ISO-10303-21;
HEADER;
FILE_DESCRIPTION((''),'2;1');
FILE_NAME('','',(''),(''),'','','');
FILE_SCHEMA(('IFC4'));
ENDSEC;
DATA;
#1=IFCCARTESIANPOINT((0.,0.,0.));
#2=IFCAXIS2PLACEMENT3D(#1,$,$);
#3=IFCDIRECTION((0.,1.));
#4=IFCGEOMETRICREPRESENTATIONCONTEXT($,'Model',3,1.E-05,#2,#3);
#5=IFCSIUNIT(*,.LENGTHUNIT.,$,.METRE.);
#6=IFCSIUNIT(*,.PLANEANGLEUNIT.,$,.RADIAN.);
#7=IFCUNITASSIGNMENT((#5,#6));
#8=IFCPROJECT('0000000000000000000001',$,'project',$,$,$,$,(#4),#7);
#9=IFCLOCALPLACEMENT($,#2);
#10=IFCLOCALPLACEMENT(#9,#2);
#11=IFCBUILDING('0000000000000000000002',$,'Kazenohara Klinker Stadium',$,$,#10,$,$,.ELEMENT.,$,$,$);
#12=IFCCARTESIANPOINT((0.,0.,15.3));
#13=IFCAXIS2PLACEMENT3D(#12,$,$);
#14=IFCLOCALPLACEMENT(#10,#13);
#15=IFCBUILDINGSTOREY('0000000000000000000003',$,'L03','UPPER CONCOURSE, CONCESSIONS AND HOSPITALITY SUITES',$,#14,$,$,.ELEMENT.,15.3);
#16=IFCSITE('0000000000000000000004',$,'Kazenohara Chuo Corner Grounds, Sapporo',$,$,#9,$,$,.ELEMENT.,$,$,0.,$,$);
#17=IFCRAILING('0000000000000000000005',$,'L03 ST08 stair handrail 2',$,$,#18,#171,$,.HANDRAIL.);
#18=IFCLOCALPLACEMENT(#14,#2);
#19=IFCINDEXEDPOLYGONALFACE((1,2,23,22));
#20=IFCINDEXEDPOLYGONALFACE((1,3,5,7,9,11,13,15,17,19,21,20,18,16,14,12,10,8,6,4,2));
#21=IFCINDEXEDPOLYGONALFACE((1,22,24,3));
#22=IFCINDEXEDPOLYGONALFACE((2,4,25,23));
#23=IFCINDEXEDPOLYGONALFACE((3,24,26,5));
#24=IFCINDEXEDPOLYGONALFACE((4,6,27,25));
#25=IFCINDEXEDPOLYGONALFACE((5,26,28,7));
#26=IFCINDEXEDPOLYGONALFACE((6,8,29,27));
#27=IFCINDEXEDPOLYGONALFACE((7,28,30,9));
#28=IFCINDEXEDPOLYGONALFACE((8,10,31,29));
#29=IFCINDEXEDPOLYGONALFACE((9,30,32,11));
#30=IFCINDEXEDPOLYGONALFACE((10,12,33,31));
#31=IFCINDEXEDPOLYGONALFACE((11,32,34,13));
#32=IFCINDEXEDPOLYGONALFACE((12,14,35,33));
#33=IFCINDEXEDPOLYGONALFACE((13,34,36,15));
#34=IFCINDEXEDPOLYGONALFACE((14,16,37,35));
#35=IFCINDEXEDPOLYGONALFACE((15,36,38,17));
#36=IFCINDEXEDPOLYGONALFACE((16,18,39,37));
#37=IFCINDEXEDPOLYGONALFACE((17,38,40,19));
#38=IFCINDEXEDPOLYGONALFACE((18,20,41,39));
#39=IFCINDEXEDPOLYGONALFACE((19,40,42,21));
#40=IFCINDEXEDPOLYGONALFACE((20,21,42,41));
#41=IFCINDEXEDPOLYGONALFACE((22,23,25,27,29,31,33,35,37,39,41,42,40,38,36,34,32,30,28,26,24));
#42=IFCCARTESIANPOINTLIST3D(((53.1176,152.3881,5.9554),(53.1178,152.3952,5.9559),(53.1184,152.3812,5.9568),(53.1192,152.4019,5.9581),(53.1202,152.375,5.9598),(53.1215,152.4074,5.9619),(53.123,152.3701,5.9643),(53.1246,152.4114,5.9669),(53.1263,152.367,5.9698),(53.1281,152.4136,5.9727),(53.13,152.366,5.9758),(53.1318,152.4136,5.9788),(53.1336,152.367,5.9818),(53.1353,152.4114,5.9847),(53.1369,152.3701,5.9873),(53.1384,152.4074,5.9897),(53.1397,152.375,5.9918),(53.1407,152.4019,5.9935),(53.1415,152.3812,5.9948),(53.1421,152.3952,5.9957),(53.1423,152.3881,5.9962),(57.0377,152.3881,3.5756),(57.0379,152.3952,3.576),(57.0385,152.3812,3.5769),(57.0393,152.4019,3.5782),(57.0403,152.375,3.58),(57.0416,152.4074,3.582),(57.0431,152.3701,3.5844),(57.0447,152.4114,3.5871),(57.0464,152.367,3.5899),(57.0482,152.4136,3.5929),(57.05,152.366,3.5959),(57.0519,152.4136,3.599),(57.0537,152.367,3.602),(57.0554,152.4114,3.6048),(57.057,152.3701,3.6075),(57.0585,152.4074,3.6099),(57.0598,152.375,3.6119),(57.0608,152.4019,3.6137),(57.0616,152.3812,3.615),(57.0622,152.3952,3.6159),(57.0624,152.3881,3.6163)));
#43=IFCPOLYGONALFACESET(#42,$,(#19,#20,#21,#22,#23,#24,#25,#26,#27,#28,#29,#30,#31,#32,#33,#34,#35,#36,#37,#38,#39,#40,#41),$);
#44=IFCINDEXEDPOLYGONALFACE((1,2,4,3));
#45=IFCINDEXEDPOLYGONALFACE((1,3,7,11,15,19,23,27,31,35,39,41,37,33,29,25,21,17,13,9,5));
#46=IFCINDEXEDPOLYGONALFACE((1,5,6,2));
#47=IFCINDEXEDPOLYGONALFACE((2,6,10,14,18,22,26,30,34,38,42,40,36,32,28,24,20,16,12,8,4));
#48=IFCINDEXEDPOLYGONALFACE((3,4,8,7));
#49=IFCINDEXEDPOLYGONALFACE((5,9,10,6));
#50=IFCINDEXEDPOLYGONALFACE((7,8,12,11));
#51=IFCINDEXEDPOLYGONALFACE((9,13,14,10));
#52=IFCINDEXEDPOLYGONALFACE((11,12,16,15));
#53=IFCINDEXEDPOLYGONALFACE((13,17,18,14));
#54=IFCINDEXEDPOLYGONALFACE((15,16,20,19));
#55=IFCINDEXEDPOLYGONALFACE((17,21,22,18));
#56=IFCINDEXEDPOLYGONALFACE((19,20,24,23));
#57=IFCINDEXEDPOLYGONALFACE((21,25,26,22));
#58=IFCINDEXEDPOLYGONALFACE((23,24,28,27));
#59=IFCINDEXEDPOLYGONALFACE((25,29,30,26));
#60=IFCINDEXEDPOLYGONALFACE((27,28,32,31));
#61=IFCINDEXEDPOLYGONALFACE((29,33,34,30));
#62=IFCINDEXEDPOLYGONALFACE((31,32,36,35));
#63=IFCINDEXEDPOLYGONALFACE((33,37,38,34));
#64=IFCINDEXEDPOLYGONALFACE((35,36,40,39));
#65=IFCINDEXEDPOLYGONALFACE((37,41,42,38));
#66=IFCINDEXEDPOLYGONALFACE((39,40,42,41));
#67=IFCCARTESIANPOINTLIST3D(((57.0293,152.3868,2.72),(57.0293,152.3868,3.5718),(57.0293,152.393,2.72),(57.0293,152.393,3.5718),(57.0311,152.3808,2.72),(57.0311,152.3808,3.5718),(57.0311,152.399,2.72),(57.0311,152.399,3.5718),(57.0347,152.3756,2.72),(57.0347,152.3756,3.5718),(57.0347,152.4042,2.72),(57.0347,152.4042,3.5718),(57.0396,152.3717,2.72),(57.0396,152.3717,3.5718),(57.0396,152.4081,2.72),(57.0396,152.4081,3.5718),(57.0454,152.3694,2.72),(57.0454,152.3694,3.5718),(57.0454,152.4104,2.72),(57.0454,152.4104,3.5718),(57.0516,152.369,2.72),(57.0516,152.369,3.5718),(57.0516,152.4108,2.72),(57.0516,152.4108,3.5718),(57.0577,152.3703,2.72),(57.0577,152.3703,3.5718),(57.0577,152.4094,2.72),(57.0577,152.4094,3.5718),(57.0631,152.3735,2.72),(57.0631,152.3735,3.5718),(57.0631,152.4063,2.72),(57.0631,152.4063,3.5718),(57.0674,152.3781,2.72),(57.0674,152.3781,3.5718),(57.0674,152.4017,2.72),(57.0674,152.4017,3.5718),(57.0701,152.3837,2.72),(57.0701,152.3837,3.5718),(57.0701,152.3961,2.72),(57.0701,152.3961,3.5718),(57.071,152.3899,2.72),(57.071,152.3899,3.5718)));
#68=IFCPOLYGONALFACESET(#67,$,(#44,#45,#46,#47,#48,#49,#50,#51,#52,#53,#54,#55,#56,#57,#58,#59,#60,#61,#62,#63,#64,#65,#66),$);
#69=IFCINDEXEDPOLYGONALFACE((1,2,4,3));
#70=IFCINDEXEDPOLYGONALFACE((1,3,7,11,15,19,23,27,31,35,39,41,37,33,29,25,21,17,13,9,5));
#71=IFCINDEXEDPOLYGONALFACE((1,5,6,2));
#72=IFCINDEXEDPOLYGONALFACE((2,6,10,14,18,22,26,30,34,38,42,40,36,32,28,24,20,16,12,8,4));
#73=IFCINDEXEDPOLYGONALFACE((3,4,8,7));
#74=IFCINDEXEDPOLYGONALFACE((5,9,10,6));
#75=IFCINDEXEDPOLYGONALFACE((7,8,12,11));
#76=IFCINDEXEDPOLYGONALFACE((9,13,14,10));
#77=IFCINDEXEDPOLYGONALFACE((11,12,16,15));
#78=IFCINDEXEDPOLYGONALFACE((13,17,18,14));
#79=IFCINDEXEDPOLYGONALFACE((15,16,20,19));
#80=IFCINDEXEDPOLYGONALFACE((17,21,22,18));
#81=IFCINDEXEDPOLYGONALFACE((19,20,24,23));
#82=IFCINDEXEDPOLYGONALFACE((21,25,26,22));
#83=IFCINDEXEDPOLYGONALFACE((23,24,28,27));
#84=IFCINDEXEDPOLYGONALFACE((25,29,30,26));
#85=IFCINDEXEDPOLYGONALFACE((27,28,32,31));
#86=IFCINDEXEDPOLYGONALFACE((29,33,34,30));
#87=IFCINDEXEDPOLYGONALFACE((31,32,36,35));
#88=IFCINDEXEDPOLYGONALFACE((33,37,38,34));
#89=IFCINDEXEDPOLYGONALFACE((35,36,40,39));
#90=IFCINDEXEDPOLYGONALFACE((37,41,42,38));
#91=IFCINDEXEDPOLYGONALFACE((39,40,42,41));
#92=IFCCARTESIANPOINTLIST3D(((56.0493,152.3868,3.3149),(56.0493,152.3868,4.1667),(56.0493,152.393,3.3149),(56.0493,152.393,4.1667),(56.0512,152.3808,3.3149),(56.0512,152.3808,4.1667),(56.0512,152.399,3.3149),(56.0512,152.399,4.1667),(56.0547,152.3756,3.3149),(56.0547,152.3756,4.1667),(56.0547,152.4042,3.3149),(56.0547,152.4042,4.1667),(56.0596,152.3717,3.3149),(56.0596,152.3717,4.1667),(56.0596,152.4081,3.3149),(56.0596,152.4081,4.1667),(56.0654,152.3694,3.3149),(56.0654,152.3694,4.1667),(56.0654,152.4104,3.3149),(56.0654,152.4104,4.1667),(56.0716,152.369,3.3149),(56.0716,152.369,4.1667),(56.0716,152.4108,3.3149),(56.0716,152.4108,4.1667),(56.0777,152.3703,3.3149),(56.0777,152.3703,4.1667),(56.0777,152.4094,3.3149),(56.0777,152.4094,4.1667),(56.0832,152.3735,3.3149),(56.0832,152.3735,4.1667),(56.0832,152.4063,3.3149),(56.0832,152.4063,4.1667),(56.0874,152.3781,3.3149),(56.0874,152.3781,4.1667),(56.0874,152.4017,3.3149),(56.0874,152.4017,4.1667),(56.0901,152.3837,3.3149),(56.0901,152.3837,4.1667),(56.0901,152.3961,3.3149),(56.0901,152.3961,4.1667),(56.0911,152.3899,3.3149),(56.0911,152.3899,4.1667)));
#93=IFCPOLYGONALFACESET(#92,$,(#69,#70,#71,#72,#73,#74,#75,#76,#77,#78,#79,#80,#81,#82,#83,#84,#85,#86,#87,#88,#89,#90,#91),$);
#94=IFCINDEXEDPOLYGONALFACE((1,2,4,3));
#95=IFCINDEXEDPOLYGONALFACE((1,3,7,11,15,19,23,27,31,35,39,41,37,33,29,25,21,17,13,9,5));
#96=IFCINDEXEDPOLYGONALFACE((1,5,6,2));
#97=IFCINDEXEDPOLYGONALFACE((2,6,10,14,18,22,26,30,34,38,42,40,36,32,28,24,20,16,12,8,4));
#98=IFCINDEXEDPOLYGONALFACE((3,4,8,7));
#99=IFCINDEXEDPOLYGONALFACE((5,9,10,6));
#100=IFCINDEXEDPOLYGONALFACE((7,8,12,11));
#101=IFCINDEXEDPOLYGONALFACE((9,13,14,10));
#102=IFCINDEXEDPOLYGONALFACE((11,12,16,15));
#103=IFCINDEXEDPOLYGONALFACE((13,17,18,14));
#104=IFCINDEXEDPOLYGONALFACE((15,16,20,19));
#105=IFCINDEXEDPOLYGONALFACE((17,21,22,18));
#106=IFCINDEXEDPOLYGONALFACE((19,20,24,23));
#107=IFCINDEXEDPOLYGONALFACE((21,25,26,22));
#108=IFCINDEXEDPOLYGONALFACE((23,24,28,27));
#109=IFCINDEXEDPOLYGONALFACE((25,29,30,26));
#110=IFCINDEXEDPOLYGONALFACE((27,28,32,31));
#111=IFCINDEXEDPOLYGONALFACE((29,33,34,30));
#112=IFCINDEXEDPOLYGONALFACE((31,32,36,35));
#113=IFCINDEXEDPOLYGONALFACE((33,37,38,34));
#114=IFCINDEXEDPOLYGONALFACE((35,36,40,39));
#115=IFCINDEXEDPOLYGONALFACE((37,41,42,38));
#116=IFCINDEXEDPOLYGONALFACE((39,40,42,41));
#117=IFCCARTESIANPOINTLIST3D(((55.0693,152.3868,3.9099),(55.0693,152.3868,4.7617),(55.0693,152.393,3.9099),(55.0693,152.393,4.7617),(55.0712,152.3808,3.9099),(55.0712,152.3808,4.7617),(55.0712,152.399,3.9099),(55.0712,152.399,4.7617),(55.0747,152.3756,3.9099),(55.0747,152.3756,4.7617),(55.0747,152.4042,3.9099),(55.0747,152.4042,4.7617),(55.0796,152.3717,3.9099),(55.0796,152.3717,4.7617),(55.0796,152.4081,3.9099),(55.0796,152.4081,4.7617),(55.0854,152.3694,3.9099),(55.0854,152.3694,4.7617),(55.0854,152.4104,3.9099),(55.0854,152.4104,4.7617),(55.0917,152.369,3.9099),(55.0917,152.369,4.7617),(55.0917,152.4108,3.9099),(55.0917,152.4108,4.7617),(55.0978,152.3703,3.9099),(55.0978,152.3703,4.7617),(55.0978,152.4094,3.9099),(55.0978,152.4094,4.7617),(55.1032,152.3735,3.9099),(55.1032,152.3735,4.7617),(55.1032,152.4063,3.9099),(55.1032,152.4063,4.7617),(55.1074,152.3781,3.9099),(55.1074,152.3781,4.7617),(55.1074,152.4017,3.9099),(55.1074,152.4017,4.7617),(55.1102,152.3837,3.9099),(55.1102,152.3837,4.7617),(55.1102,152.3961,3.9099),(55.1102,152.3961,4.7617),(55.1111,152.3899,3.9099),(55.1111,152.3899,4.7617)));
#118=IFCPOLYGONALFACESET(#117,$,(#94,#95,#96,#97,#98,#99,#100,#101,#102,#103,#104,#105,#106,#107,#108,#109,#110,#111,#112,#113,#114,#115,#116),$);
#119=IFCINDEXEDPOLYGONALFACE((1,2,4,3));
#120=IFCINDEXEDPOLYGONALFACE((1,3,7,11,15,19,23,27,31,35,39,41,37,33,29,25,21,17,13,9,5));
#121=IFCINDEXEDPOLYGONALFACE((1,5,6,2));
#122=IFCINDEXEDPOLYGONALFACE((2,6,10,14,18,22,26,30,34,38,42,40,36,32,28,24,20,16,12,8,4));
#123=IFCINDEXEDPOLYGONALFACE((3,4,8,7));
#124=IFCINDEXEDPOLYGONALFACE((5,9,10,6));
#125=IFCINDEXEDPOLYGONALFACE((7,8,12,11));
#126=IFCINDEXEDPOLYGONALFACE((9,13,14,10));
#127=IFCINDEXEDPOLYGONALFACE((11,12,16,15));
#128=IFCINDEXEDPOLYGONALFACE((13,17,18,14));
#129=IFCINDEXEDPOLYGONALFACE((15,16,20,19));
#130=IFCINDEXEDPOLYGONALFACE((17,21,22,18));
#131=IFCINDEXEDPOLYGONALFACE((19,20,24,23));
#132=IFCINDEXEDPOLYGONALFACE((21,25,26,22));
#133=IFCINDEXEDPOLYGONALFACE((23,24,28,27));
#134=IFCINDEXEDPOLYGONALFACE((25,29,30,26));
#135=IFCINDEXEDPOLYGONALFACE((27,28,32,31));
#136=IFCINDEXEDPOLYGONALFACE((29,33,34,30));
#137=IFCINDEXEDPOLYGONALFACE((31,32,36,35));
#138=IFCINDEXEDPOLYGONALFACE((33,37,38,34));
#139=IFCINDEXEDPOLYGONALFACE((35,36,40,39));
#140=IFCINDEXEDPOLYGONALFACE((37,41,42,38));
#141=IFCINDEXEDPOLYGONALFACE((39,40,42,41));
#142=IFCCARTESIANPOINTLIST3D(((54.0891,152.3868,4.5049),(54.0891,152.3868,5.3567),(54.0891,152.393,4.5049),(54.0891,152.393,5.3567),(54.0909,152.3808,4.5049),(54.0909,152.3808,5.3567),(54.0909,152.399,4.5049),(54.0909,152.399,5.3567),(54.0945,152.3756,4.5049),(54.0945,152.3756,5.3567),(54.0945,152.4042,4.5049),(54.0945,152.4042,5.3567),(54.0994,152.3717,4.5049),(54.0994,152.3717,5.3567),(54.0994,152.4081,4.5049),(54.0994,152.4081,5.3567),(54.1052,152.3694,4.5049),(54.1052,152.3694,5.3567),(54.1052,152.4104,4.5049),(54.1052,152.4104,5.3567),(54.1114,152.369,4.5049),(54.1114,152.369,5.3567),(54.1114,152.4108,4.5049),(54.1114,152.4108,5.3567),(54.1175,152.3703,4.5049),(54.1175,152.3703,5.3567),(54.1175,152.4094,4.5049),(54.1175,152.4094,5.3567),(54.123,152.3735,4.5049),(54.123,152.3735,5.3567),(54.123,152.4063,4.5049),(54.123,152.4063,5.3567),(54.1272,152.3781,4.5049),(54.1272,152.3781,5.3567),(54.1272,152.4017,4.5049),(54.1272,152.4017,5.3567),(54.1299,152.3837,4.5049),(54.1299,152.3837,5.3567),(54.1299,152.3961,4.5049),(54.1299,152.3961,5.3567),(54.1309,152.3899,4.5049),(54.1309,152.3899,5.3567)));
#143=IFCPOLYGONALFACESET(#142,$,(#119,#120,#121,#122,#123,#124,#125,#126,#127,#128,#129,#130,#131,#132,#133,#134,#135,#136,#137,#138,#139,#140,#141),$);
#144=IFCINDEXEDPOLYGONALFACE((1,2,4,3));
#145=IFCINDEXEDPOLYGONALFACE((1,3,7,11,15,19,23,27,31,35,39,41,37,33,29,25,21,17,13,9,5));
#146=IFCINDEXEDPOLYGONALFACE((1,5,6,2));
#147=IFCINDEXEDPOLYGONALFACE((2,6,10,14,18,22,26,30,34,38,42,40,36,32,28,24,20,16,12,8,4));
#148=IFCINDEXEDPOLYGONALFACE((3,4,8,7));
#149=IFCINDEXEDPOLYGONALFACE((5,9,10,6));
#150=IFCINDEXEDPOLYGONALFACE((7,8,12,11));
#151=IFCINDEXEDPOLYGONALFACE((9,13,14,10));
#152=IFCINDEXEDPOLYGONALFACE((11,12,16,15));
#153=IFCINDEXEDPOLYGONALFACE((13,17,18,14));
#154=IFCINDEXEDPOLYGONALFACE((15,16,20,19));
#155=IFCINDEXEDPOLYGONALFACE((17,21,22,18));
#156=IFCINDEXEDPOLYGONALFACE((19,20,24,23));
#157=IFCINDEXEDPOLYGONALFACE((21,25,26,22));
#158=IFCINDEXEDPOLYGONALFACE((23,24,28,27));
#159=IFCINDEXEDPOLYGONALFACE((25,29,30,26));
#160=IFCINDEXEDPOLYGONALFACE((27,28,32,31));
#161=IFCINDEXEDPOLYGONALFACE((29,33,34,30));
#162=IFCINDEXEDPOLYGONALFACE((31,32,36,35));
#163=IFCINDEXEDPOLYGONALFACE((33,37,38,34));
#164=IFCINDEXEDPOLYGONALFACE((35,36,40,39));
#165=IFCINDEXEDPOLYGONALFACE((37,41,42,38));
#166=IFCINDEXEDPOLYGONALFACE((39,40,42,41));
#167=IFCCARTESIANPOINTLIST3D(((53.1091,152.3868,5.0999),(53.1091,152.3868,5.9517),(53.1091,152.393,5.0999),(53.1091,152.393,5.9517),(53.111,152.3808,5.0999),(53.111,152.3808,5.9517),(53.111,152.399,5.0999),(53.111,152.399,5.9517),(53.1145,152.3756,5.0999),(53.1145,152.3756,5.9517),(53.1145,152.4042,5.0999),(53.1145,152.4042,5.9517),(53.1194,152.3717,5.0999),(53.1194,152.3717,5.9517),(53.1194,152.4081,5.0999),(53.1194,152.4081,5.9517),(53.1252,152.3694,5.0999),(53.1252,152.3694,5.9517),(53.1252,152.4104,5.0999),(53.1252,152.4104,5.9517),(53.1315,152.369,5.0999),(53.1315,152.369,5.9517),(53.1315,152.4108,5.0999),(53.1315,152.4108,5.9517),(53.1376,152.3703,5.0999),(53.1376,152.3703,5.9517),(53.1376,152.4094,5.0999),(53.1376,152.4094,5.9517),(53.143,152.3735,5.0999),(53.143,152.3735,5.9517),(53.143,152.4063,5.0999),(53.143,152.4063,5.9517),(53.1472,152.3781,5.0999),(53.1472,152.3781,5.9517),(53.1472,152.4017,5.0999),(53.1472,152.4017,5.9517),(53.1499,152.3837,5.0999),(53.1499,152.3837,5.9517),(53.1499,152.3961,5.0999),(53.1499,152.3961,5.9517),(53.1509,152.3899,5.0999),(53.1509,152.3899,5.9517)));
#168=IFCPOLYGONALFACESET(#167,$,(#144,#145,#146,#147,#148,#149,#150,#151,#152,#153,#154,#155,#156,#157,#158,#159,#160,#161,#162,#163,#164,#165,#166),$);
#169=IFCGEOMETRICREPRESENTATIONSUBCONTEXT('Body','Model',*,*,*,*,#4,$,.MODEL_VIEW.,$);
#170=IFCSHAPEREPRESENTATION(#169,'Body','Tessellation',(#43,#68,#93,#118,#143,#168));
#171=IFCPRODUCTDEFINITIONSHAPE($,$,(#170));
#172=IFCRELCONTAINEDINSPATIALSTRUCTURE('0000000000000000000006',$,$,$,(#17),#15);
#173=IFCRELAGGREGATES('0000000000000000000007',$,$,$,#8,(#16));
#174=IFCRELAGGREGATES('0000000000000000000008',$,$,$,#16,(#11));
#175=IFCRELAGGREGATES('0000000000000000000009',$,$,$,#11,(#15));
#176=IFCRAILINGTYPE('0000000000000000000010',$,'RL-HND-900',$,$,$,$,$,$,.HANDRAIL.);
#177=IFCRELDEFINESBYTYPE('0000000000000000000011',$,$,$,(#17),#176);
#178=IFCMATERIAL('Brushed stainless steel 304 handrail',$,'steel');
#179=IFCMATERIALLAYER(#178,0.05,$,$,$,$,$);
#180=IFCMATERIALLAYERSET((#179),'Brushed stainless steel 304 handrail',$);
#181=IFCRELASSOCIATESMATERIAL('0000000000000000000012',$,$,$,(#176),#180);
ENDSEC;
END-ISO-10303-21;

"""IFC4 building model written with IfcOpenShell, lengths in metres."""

from ifc_helpers import new_model, si_unit, direction, frame, origin, origin_2d, place, context, subcontext, project, spatial, circle, extrude, material, layer, layer_set, type_object, element, save


model = new_model("IFC4")

# Units and contexts
model_context = context("Model", 3, precision=1e-05, world=origin(), true_north=direction((0.0, 1.0)))
body_context = subcontext(model_context, "Body", "Model", "MODEL_VIEW")
ifc_project = project(units=[si_unit("LENGTHUNIT", "METRE"), si_unit("PLANEANGLEUNIT", "RADIAN")], contexts=[model_context])

# Site, building, storey
site_placement = place(None, origin())
site = spatial("IfcSite", under=ifc_project, at=site_placement, Name="Kazenohara Chuo Corner Grounds, Sapporo", CompositionType="ELEMENT", RefElevation=0.0)
building_placement = place(site_placement, origin())
building = spatial("IfcBuilding", under=site, at=building_placement, Name="Kazenohara Klinker Stadium", CompositionType="ELEMENT")
storey_placement = place(building_placement, frame((0.0, 0.0, 15.3)))
storey = spatial("IfcBuildingStorey", under=building, at=storey_placement, Name="L03", Description="UPPER CONCOURSE, CONCESSIONS AND HOSPITALITY SUITES", CompositionType="ELEMENT", Elevation=15.3)

# Railing
ifc_material_1 = material(Name="Brushed stainless steel 304 handrail", Category="steel")
ifc_layer_1 = layer(ifc_material_1, 0.05)
ifc_layer_set_1 = layer_set([ifc_layer_1], Name="Brushed stainless steel 304 handrail")
railing_type_1 = type_object("IfcRailingType", Name="RL-HND-900", PredefinedType="HANDRAIL", material=ifc_layer_set_1)
railing_1_placement = place(storey_placement, frame((57.05, 152.3899, 2.72)))
element("IfcRailing", 1, at=railing_1_placement, inside=storey, type_object=railing_type_1, Name="L03 ST08 stair handrail 2", PredefinedType="HANDRAIL", context=body_context, shape_type="SweptSolid", body=[
    extrude(circle(Radius=0.0239, at=origin_2d()), frame((0.0, 0.0, 0.876), z_axis=(-0.854809, 0.0, 0.518943), x_axis=(0.0, -1.0, 0.0)), (0.0, 0.0, 1.0), 4.5859),
    extrude(circle(Radius=0.021, at=origin_2d()), origin(), (0.0, 0.0, 1.0), 0.8518),
    extrude(circle(Radius=0.021, at=origin_2d()), frame((-0.98, 0.0, 0.595)), (0.0, 0.0, 1.0), 0.8518),
    extrude(circle(Radius=0.021, at=origin_2d()), frame((-1.96, 0.0, 1.1899)), (0.0, 0.0, 1.0), 0.8518),
    extrude(circle(Radius=0.021, at=origin_2d()), frame((-2.9402, 0.0, 1.7849)), (0.0, 0.0, 1.0), 0.8518),
    extrude(circle(Radius=0.021, at=origin_2d()), frame((-3.9202, 0.0, 2.3799)), (0.0, 0.0, 1.0), 0.8518),
])

save(model, "model.ifc")
